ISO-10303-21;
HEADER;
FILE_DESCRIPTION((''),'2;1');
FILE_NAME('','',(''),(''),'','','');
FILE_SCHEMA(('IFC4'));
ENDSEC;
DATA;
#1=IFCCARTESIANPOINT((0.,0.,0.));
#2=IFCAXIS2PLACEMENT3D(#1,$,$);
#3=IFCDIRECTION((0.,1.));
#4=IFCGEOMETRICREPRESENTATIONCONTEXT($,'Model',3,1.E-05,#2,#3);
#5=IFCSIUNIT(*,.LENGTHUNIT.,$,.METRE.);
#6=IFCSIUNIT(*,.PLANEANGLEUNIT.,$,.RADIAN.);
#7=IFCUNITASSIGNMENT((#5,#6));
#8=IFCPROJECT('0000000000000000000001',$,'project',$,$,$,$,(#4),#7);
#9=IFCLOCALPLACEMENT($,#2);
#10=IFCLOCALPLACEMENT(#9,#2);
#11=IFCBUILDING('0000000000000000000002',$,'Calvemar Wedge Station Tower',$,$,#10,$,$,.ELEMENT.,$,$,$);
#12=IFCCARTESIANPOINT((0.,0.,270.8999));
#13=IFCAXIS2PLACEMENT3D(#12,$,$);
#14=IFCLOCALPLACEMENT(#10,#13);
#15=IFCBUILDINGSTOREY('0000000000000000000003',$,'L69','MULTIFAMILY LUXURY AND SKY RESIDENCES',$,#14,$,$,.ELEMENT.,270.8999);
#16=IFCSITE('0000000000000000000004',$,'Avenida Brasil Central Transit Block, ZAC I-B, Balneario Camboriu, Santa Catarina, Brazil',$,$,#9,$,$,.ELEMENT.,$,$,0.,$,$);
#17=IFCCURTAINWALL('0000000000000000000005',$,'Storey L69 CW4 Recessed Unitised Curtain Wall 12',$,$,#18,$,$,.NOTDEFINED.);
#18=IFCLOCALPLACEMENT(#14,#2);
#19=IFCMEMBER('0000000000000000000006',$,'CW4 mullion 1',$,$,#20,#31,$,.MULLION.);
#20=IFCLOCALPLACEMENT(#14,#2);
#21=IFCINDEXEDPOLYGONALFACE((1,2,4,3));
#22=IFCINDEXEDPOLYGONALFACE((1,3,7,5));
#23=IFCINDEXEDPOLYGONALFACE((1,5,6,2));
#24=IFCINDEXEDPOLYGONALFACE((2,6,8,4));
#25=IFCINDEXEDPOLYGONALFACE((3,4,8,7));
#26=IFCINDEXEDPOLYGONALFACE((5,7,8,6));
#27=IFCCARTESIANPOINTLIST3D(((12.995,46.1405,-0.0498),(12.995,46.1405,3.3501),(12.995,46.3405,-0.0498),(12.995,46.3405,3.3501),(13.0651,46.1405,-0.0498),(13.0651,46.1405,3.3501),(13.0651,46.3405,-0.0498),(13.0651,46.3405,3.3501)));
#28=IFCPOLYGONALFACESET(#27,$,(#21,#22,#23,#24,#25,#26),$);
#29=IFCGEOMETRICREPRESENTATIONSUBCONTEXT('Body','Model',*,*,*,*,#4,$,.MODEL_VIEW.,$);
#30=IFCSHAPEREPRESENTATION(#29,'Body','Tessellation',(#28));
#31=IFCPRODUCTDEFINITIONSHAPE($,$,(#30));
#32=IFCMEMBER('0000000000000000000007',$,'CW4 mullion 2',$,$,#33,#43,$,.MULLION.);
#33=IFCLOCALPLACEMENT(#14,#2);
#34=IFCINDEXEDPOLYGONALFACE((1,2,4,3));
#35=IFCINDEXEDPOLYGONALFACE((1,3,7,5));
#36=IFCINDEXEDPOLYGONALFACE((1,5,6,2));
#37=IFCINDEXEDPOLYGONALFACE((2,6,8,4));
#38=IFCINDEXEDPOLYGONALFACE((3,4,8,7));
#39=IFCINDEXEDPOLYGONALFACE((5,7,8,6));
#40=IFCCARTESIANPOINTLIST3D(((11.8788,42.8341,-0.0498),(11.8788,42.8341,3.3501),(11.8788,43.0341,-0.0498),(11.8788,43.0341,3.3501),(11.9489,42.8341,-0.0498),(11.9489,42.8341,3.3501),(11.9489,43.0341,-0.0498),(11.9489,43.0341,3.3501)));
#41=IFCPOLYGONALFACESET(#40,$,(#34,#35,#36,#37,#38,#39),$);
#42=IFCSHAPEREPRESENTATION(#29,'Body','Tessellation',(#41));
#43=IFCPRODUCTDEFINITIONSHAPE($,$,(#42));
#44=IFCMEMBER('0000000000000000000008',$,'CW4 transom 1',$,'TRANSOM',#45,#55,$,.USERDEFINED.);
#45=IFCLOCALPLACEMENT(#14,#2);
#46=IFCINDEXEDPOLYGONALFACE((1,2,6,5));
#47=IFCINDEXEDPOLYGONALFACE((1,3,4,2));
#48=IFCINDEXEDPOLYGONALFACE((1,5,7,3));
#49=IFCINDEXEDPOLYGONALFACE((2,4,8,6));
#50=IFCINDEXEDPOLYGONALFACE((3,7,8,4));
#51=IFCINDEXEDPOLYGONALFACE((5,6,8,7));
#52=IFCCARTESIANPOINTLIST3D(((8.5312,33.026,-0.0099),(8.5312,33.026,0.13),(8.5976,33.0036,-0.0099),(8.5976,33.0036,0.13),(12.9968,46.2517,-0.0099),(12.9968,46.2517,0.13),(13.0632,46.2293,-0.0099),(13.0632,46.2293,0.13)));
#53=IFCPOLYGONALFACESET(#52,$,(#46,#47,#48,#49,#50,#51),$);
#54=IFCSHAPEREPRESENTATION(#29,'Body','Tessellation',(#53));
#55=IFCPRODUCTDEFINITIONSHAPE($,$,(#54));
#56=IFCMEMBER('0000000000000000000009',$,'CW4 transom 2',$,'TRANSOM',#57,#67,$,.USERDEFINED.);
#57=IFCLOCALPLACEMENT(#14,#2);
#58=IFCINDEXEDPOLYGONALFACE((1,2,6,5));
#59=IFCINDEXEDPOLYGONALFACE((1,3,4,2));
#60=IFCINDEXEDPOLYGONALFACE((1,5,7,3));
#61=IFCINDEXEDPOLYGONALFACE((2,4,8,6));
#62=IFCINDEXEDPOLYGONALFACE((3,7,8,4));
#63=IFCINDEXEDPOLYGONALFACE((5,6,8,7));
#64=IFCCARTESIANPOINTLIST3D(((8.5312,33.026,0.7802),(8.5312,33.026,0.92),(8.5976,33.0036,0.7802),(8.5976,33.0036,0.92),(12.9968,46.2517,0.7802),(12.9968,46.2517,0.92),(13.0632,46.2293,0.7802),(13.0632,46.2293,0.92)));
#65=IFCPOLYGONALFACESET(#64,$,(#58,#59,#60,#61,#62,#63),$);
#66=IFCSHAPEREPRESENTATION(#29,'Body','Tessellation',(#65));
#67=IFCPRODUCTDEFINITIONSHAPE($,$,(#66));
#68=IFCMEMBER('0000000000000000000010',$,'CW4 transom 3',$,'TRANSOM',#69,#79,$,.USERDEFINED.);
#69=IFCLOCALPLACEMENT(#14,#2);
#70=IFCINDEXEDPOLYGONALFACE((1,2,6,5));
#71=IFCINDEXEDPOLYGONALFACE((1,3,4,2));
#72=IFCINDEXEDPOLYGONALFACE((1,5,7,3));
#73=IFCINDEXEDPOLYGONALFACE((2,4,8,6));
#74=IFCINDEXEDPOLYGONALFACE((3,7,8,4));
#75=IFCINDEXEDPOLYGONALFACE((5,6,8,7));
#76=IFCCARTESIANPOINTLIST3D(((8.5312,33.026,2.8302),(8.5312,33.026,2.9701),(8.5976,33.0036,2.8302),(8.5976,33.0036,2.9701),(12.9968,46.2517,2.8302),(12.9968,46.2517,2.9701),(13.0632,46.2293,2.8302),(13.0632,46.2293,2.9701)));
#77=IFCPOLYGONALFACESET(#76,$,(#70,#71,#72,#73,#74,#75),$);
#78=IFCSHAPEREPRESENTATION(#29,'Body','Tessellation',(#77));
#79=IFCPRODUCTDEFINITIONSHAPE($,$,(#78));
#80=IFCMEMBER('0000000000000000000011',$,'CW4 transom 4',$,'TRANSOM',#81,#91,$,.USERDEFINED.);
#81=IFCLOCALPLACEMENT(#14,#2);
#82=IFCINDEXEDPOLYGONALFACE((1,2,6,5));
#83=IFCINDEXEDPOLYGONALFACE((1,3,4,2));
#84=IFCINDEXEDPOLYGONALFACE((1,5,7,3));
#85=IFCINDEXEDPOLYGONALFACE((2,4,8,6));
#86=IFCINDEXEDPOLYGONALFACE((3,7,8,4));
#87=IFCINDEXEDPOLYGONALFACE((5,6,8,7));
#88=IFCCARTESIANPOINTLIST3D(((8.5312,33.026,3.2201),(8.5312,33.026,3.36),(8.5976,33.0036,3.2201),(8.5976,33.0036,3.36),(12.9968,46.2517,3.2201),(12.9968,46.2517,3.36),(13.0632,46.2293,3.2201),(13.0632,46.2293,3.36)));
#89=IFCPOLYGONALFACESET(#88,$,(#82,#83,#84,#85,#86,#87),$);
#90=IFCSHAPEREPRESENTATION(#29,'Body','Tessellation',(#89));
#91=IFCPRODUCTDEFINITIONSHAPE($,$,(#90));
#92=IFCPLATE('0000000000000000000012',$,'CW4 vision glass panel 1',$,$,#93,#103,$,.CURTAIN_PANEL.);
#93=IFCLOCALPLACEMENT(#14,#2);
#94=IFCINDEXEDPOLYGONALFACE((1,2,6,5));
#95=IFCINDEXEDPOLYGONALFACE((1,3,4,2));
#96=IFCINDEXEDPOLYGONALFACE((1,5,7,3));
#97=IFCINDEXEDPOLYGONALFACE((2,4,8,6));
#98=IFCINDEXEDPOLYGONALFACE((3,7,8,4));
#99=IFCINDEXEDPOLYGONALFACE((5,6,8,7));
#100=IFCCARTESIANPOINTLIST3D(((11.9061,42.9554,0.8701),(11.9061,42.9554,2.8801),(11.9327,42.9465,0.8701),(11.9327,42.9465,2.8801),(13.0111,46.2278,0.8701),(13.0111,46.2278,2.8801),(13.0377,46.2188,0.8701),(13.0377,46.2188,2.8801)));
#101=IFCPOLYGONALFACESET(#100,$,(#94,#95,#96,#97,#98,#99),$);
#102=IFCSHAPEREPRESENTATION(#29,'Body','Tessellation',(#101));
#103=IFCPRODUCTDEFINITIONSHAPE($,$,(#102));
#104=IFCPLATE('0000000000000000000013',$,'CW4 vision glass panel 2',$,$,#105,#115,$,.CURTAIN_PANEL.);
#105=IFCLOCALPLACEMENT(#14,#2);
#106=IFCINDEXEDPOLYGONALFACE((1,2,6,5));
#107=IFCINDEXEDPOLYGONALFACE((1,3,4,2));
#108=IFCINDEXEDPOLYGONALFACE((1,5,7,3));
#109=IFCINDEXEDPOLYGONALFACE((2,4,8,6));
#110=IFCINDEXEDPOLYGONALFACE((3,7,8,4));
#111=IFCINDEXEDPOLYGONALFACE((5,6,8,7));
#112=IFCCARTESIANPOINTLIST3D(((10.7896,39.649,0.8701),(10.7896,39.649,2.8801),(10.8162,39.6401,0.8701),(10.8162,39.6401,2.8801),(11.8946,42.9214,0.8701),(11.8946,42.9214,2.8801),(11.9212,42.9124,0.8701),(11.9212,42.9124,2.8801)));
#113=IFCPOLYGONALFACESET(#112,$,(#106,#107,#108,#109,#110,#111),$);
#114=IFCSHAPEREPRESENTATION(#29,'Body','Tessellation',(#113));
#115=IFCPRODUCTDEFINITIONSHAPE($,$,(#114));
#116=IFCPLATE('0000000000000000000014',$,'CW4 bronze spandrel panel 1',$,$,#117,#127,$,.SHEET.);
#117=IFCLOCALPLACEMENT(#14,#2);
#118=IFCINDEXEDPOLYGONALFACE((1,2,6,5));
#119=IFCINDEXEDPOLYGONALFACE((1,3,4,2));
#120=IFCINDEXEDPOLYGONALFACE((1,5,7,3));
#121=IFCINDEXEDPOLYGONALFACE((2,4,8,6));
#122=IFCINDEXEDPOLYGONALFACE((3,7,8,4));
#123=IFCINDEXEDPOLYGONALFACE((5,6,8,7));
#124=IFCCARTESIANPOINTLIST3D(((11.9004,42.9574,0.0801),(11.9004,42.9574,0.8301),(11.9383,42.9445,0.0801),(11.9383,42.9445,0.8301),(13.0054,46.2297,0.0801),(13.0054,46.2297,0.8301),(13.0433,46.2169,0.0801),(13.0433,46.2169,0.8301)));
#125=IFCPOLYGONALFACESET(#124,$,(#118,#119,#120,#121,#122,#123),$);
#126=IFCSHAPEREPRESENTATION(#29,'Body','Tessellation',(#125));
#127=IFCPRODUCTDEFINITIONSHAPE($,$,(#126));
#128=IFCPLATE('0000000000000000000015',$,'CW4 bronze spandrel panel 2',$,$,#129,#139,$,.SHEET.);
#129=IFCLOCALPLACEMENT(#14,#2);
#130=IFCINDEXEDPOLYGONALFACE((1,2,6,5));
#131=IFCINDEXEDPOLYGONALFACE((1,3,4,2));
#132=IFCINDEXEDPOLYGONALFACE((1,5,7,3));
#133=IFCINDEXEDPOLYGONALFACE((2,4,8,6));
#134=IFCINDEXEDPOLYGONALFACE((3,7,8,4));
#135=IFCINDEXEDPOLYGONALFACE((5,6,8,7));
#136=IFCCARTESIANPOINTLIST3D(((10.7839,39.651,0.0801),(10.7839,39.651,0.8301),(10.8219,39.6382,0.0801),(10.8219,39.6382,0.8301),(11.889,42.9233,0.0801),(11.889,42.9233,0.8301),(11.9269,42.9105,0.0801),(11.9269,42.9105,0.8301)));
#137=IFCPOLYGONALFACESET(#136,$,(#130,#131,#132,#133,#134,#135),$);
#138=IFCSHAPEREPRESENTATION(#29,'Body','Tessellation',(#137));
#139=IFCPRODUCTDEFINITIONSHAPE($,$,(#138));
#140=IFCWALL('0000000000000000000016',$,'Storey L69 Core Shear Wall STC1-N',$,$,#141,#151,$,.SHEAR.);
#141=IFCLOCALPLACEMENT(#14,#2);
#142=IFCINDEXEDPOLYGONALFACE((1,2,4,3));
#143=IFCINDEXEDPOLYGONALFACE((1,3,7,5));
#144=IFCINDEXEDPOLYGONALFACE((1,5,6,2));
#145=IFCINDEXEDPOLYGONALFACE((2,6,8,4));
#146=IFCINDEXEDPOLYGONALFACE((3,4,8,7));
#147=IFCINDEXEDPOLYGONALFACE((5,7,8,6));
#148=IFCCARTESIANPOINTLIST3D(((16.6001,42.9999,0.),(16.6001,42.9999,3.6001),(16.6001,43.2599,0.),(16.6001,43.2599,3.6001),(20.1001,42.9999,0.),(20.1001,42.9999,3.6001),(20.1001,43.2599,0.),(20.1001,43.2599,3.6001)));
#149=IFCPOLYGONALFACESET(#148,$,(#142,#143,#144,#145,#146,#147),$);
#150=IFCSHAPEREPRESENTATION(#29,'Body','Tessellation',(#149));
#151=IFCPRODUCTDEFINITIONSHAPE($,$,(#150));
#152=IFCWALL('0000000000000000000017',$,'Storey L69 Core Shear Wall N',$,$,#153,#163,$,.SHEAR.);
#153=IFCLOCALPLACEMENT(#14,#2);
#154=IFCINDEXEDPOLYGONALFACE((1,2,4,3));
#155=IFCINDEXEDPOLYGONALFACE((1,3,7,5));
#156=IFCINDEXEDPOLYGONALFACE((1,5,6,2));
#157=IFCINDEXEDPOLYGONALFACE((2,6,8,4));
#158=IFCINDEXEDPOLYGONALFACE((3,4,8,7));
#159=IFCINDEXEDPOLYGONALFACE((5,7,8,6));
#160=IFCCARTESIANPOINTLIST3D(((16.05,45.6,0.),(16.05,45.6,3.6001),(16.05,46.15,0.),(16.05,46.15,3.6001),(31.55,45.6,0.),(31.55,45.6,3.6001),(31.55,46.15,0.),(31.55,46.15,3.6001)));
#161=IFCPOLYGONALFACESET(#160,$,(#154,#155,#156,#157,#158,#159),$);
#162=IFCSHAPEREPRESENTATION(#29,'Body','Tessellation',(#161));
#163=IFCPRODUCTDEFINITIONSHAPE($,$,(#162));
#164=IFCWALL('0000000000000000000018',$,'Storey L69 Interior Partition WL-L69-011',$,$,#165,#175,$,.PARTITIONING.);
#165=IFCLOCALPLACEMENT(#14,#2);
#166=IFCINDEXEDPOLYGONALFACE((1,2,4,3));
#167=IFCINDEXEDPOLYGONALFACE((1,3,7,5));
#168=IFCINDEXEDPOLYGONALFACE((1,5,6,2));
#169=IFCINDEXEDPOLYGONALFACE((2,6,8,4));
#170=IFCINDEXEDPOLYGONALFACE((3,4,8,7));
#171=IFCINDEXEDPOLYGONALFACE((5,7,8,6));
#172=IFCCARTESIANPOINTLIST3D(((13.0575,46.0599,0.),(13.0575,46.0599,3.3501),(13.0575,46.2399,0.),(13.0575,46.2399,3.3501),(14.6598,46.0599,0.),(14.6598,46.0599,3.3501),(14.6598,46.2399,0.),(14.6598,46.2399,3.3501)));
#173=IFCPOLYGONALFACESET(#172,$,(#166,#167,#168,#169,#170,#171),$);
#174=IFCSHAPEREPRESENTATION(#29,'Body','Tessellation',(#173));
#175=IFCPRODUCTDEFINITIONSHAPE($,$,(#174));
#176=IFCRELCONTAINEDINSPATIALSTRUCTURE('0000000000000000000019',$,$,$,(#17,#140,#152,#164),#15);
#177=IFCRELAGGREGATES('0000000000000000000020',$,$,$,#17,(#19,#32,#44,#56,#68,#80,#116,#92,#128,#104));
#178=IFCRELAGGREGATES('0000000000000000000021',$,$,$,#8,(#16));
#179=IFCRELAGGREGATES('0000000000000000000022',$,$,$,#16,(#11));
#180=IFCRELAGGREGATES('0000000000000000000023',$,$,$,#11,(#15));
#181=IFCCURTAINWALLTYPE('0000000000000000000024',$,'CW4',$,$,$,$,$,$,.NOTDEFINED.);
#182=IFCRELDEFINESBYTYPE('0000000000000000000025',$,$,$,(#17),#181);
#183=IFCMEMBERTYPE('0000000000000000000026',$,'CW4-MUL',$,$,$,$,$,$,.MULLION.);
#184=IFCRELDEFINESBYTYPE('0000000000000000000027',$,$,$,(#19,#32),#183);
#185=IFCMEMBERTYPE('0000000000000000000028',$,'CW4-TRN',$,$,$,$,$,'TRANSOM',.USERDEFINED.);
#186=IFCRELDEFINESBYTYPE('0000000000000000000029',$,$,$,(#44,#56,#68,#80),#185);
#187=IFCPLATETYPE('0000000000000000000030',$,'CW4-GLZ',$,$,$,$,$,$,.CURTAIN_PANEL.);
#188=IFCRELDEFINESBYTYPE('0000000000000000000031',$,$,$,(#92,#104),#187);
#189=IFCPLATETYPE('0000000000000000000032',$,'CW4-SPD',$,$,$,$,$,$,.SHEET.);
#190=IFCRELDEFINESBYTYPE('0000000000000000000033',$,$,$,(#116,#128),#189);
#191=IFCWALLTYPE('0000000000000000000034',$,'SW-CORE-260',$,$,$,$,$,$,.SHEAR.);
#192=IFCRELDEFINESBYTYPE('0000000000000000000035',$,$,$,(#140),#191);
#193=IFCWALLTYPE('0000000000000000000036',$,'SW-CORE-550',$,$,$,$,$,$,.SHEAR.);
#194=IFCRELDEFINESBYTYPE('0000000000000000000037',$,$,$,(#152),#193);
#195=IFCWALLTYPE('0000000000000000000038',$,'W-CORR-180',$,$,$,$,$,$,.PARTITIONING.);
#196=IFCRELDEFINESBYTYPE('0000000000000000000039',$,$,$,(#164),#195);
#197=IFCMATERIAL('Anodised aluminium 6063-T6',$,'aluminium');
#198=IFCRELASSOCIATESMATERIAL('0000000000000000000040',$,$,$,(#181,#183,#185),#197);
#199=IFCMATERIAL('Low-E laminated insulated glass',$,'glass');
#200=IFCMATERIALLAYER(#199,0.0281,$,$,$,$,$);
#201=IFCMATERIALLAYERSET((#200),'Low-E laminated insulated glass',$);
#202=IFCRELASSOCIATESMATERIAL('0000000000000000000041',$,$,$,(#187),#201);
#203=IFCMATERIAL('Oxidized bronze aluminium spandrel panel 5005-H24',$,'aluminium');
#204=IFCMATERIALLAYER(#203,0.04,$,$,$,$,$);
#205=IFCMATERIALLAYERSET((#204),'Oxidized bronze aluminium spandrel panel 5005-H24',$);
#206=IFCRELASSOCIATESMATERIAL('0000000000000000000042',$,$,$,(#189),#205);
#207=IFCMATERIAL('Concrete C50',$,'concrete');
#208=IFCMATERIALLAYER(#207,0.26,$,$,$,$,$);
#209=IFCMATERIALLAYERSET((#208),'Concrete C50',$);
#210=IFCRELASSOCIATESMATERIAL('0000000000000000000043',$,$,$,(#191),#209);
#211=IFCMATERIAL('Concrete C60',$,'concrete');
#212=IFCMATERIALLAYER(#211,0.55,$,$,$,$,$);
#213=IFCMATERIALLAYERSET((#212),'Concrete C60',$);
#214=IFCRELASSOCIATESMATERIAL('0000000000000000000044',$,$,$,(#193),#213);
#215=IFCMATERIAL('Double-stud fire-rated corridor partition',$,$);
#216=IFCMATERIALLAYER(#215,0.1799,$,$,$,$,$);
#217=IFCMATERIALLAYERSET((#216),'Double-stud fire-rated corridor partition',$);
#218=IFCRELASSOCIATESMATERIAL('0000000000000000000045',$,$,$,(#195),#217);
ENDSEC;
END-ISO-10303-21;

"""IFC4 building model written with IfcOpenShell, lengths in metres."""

from ifc_helpers import new_model, si_unit, direction, frame, frame_2d, origin, origin_2d, place, context, subcontext, project, spatial, rectangle, extrude, source, transform, mapped, material, layer, layer_set, material_profile, profile_set, type_object, element, aggregate, save


model = new_model("IFC4")

# Units and contexts
model_context = context("Model", 3, precision=1e-05, world=origin(), true_north=direction((0.0, 1.0)))
body_context = subcontext(model_context, "Body", "Model", "MODEL_VIEW")
ifc_project = project(units=[si_unit("LENGTHUNIT", "METRE"), si_unit("PLANEANGLEUNIT", "RADIAN")], contexts=[model_context])

# Site, building, storey
site_placement = place(None, origin())
site = spatial("IfcSite", under=ifc_project, at=site_placement, Name="Avenida Brasil Central Transit Block, ZAC I-B, Balneario Camboriu, Santa Catarina, Brazil", CompositionType="ELEMENT", RefElevation=0.0)
building_placement = place(site_placement, origin())
building = spatial("IfcBuilding", under=site, at=building_placement, Name="Calvemar Wedge Station Tower", CompositionType="ELEMENT")
storey_placement = place(building_placement, frame((0.0, 0.0, 270.8999)))
storey = spatial("IfcBuildingStorey", under=building, at=storey_placement, Name="L69", Description="MULTIFAMILY LUXURY AND SKY RESIDENCES", CompositionType="ELEMENT", Elevation=270.8999)

# Curtain wall, members, plates
ifc_material_1 = material(Name="Anodised aluminium 6063-T6", Category="aluminium")
curtain_wall_type = type_object("IfcCurtainWallType", Name="CW4", PredefinedType="NOTDEFINED", material=ifc_material_1)
curtain_wall_placement = place(storey_placement, origin())
curtain_wall = element("IfcCurtainWall", 1, at=curtain_wall_placement, inside=storey, type_object=curtain_wall_type, Name="Storey L69 CW4 Recessed Unitised Curtain Wall 12", PredefinedType="NOTDEFINED")
ifc_material_profile_1 = material_profile(ifc_material_1, rectangle(XDim=0.0701, YDim=0.2, at=origin_2d()), Name="AL-MUL-70x200")
ifc_profile_set_1 = profile_set([ifc_material_profile_1], Name="Anodised aluminium 6063-T6")
member_type_1 = type_object("IfcMemberType", Name="CW4-MUL", PredefinedType="MULLION", material=ifc_profile_set_1)
shared_shape_1 = source(origin(), body_context, "Body", "SweptSolid", [
    extrude(rectangle(XDim=0.0701, YDim=0.2, at=origin_2d()), origin(), (0.0, 0.0, 1.0), 3.3999),
])
member_1_placement = place(storey_placement, frame((13.03, 46.2405, -0.0498), z_axis=(0.0, 0.0, 1.0), x_axis=(1.0, 0.0, 0.0)))
member_1 = element("IfcMember", 2, at=member_1_placement, type_object=member_type_1, Name="CW4 mullion 1", PredefinedType="MULLION", context=body_context, shape_type="MappedRepresentation", body=[
    mapped(shared_shape_1, transform((0.0, 0.0, 0.0), scale=1.0)),
])
member_2_placement = place(storey_placement, frame((11.9138, 42.9341, -0.0498), z_axis=(0.0, 0.0, 1.0), x_axis=(1.0, 0.0, 0.0)))
member_2 = element("IfcMember", 3, at=member_2_placement, type_object=member_type_1, Name="CW4 mullion 2", PredefinedType="MULLION", context=body_context, shape_type="MappedRepresentation", body=[
    mapped(shared_shape_1, transform((0.0, 0.0, 0.0), scale=1.0)),
])
ifc_material_profile_2 = material_profile(ifc_material_1, rectangle(XDim=0.0701, YDim=0.1399, at=origin_2d()), Name="AL-TRN-70x140")
ifc_profile_set_2 = profile_set([ifc_material_profile_2], Name="Anodised aluminium 6063-T6")
member_type_2 = type_object("IfcMemberType", Name="CW4-TRN", ElementType="TRANSOM", PredefinedType="USERDEFINED", material=ifc_profile_set_2)
shared_shape_2 = source(origin(), body_context, "Body", "SweptSolid", [
    extrude(rectangle(XDim=0.0701, YDim=0.1399, at=origin_2d()), origin(), (0.0, 0.0, 1.0), 13.9592),
])
member_3_placement = place(storey_placement, frame((13.03, 46.2405, 0.0601), z_axis=(-0.319903, -0.94745, 0.0), x_axis=(0.94745, -0.319903, 0.0)))
member_3 = element("IfcMember", 4, at=member_3_placement, type_object=member_type_2, Name="CW4 transom 1", ObjectType="TRANSOM", PredefinedType="USERDEFINED", context=body_context, shape_type="MappedRepresentation", body=[
    mapped(shared_shape_2, transform((0.0, 0.0, 0.0), scale=1.0)),
])
member_4_placement = place(storey_placement, frame((13.03, 46.2405, 0.8501), z_axis=(-0.319903, -0.94745, 0.0), x_axis=(0.94745, -0.319903, 0.0)))
member_4 = element("IfcMember", 5, at=member_4_placement, type_object=member_type_2, Name="CW4 transom 2", ObjectType="TRANSOM", PredefinedType="USERDEFINED", context=body_context, shape_type="MappedRepresentation", body=[
    mapped(shared_shape_2, transform((0.0, 0.0, 0.0), scale=1.0)),
])
member_5_placement = place(storey_placement, frame((13.03, 46.2405, 2.9001), z_axis=(-0.319903, -0.94745, 0.0), x_axis=(0.94745, -0.319903, 0.0)))
member_5 = element("IfcMember", 6, at=member_5_placement, type_object=member_type_2, Name="CW4 transom 3", ObjectType="TRANSOM", PredefinedType="USERDEFINED", context=body_context, shape_type="MappedRepresentation", body=[
    mapped(shared_shape_2, transform((0.0, 0.0, 0.0), scale=1.0)),
])
member_6_placement = place(storey_placement, frame((13.03, 46.2405, 3.29), z_axis=(-0.319903, -0.94745, 0.0), x_axis=(0.94745, -0.319903, 0.0)))
member_6 = element("IfcMember", 7, at=member_6_placement, type_object=member_type_2, Name="CW4 transom 4", ObjectType="TRANSOM", PredefinedType="USERDEFINED", context=body_context, shape_type="MappedRepresentation", body=[
    mapped(shared_shape_2, transform((0.0, 0.0, 0.0), scale=1.0)),
])
ifc_material_2 = material(Name="Low-E laminated insulated glass", Category="glass")
ifc_layer_1 = layer(ifc_material_2, 0.0281)
ifc_layer_set_1 = layer_set([ifc_layer_1], Name="Low-E laminated insulated glass")
plate_type_1 = type_object("IfcPlateType", Name="CW4-GLZ", PredefinedType="CURTAIN_PANEL", material=ifc_layer_set_1)
plate_1_placement = place(storey_placement, frame((13.0244, 46.2234, 0.8701), z_axis=(0.0, 0.0, 1.0), x_axis=(-0.319936, -0.947439, 0.0)))
plate_1 = element("IfcPlate", 8, at=plate_1_placement, type_object=plate_type_1, Name="CW4 vision glass panel 1", PredefinedType="CURTAIN_PANEL", context=body_context, shape_type="SweptSolid", body=[
    extrude(rectangle(XDim=3.4539, YDim=0.0281, at=frame_2d((1.7271, 0.0))), origin(), (0.0, 0.0, 1.0), 2.01),
])
plate_2_placement = place(storey_placement, frame((11.908, 42.917, 0.8701), z_axis=(0.0, 0.0, 1.0), x_axis=(-0.319936, -0.947439, 0.0)))
plate_2 = element("IfcPlate", 9, at=plate_2_placement, type_object=plate_type_1, Name="CW4 vision glass panel 2", PredefinedType="CURTAIN_PANEL", context=body_context, shape_type="SweptSolid", body=[
    extrude(rectangle(XDim=3.4539, YDim=0.0281, at=frame_2d((1.7271, 0.0))), origin(), (0.0, 0.0, 1.0), 2.01),
])
ifc_material_3 = material(Name="Oxidized bronze aluminium spandrel panel 5005-H24", Category="aluminium")
ifc_layer_2 = layer(ifc_material_3, 0.04)
ifc_layer_set_2 = layer_set([ifc_layer_2], Name="Oxidized bronze aluminium spandrel panel 5005-H24")
plate_type_2 = type_object("IfcPlateType", Name="CW4-SPD", PredefinedType="SHEET", material=ifc_layer_set_2)
plate_3_placement = place(storey_placement, frame((13.0244, 46.2234, 0.0801), z_axis=(0.0, 0.0, 1.0), x_axis=(-0.319936, -0.947439, 0.0)))
plate_3 = element("IfcPlate", 10, at=plate_3_placement, type_object=plate_type_2, Name="CW4 bronze spandrel panel 1", PredefinedType="SHEET", context=body_context, shape_type="SweptSolid", body=[
    extrude(rectangle(XDim=3.4539, YDim=0.04, at=frame_2d((1.7271, 0.0))), origin(), (0.0, 0.0, 1.0), 0.75),
])
plate_4_placement = place(storey_placement, frame((11.908, 42.917, 0.0801), z_axis=(0.0, 0.0, 1.0), x_axis=(-0.319936, -0.947439, 0.0)))
plate_4 = element("IfcPlate", 11, at=plate_4_placement, type_object=plate_type_2, Name="CW4 bronze spandrel panel 2", PredefinedType="SHEET", context=body_context, shape_type="SweptSolid", body=[
    extrude(rectangle(XDim=3.4539, YDim=0.04, at=frame_2d((1.7271, 0.0))), origin(), (0.0, 0.0, 1.0), 0.75),
])
aggregate(curtain_wall, [member_1, member_2, member_3, member_4, member_5, member_6, plate_3, plate_1, plate_4, plate_2])

# Walls
ifc_material_4 = material(Name="Concrete C50", Category="concrete")
ifc_layer_3 = layer(ifc_material_4, 0.26)
ifc_layer_set_3 = layer_set([ifc_layer_3], Name="Concrete C50")
wall_type_1 = type_object("IfcWallType", Name="SW-CORE-260", PredefinedType="SHEAR", material=ifc_layer_set_3)
wall_1_placement = place(storey_placement, frame((16.6001, 43.1299, 0.0), z_axis=(0.0, 0.0, 1.0), x_axis=(1.0, 0.0, 0.0)))
element("IfcWall", 12, at=wall_1_placement, inside=storey, type_object=wall_type_1, Name="Storey L69 Core Shear Wall STC1-N", PredefinedType="SHEAR", context=body_context, shape_type="SweptSolid", body=[
    extrude(rectangle(XDim=3.5, YDim=0.26, at=frame_2d((1.75, 0.0))), origin(), (0.0, 0.0, 1.0), 3.6001),
])
ifc_material_5 = material(Name="Concrete C60", Category="concrete")
ifc_layer_4 = layer(ifc_material_5, 0.55)
ifc_layer_set_4 = layer_set([ifc_layer_4], Name="Concrete C60")
wall_type_2 = type_object("IfcWallType", Name="SW-CORE-550", PredefinedType="SHEAR", material=ifc_layer_set_4)
wall_2_placement = place(storey_placement, frame((16.05, 45.875, 0.0), z_axis=(0.0, 0.0, 1.0), x_axis=(1.0, 0.0, 0.0)))
element("IfcWall", 13, at=wall_2_placement, inside=storey, type_object=wall_type_2, Name="Storey L69 Core Shear Wall N", PredefinedType="SHEAR", context=body_context, shape_type="SweptSolid", body=[
    extrude(rectangle(XDim=15.5, YDim=0.55, at=frame_2d((7.75, 0.0))), origin(), (0.0, 0.0, 1.0), 3.6001),
])
ifc_material_6 = material(Name="Double-stud fire-rated corridor partition")
ifc_layer_5 = layer(ifc_material_6, 0.1799)
ifc_layer_set_5 = layer_set([ifc_layer_5], Name="Double-stud fire-rated corridor partition")
wall_type_3 = type_object("IfcWallType", Name="W-CORR-180", PredefinedType="PARTITIONING", material=ifc_layer_set_5)
wall_3_placement = place(storey_placement, frame((14.6599, 46.1499, 0.0), z_axis=(0.0, 0.0, 1.0), x_axis=(-1.0, 0.0, 0.0)))
element("IfcWall", 14, at=wall_3_placement, inside=storey, type_object=wall_type_3, Name="Storey L69 Interior Partition WL-L69-011", PredefinedType="PARTITIONING", context=body_context, shape_type="SweptSolid", body=[
    extrude(rectangle(XDim=1.6023, YDim=0.1799, at=frame_2d((0.8013, 0.0))), origin(), (0.0, 0.0, 1.0), 3.3501),
])

save(model, "model.ifc")
